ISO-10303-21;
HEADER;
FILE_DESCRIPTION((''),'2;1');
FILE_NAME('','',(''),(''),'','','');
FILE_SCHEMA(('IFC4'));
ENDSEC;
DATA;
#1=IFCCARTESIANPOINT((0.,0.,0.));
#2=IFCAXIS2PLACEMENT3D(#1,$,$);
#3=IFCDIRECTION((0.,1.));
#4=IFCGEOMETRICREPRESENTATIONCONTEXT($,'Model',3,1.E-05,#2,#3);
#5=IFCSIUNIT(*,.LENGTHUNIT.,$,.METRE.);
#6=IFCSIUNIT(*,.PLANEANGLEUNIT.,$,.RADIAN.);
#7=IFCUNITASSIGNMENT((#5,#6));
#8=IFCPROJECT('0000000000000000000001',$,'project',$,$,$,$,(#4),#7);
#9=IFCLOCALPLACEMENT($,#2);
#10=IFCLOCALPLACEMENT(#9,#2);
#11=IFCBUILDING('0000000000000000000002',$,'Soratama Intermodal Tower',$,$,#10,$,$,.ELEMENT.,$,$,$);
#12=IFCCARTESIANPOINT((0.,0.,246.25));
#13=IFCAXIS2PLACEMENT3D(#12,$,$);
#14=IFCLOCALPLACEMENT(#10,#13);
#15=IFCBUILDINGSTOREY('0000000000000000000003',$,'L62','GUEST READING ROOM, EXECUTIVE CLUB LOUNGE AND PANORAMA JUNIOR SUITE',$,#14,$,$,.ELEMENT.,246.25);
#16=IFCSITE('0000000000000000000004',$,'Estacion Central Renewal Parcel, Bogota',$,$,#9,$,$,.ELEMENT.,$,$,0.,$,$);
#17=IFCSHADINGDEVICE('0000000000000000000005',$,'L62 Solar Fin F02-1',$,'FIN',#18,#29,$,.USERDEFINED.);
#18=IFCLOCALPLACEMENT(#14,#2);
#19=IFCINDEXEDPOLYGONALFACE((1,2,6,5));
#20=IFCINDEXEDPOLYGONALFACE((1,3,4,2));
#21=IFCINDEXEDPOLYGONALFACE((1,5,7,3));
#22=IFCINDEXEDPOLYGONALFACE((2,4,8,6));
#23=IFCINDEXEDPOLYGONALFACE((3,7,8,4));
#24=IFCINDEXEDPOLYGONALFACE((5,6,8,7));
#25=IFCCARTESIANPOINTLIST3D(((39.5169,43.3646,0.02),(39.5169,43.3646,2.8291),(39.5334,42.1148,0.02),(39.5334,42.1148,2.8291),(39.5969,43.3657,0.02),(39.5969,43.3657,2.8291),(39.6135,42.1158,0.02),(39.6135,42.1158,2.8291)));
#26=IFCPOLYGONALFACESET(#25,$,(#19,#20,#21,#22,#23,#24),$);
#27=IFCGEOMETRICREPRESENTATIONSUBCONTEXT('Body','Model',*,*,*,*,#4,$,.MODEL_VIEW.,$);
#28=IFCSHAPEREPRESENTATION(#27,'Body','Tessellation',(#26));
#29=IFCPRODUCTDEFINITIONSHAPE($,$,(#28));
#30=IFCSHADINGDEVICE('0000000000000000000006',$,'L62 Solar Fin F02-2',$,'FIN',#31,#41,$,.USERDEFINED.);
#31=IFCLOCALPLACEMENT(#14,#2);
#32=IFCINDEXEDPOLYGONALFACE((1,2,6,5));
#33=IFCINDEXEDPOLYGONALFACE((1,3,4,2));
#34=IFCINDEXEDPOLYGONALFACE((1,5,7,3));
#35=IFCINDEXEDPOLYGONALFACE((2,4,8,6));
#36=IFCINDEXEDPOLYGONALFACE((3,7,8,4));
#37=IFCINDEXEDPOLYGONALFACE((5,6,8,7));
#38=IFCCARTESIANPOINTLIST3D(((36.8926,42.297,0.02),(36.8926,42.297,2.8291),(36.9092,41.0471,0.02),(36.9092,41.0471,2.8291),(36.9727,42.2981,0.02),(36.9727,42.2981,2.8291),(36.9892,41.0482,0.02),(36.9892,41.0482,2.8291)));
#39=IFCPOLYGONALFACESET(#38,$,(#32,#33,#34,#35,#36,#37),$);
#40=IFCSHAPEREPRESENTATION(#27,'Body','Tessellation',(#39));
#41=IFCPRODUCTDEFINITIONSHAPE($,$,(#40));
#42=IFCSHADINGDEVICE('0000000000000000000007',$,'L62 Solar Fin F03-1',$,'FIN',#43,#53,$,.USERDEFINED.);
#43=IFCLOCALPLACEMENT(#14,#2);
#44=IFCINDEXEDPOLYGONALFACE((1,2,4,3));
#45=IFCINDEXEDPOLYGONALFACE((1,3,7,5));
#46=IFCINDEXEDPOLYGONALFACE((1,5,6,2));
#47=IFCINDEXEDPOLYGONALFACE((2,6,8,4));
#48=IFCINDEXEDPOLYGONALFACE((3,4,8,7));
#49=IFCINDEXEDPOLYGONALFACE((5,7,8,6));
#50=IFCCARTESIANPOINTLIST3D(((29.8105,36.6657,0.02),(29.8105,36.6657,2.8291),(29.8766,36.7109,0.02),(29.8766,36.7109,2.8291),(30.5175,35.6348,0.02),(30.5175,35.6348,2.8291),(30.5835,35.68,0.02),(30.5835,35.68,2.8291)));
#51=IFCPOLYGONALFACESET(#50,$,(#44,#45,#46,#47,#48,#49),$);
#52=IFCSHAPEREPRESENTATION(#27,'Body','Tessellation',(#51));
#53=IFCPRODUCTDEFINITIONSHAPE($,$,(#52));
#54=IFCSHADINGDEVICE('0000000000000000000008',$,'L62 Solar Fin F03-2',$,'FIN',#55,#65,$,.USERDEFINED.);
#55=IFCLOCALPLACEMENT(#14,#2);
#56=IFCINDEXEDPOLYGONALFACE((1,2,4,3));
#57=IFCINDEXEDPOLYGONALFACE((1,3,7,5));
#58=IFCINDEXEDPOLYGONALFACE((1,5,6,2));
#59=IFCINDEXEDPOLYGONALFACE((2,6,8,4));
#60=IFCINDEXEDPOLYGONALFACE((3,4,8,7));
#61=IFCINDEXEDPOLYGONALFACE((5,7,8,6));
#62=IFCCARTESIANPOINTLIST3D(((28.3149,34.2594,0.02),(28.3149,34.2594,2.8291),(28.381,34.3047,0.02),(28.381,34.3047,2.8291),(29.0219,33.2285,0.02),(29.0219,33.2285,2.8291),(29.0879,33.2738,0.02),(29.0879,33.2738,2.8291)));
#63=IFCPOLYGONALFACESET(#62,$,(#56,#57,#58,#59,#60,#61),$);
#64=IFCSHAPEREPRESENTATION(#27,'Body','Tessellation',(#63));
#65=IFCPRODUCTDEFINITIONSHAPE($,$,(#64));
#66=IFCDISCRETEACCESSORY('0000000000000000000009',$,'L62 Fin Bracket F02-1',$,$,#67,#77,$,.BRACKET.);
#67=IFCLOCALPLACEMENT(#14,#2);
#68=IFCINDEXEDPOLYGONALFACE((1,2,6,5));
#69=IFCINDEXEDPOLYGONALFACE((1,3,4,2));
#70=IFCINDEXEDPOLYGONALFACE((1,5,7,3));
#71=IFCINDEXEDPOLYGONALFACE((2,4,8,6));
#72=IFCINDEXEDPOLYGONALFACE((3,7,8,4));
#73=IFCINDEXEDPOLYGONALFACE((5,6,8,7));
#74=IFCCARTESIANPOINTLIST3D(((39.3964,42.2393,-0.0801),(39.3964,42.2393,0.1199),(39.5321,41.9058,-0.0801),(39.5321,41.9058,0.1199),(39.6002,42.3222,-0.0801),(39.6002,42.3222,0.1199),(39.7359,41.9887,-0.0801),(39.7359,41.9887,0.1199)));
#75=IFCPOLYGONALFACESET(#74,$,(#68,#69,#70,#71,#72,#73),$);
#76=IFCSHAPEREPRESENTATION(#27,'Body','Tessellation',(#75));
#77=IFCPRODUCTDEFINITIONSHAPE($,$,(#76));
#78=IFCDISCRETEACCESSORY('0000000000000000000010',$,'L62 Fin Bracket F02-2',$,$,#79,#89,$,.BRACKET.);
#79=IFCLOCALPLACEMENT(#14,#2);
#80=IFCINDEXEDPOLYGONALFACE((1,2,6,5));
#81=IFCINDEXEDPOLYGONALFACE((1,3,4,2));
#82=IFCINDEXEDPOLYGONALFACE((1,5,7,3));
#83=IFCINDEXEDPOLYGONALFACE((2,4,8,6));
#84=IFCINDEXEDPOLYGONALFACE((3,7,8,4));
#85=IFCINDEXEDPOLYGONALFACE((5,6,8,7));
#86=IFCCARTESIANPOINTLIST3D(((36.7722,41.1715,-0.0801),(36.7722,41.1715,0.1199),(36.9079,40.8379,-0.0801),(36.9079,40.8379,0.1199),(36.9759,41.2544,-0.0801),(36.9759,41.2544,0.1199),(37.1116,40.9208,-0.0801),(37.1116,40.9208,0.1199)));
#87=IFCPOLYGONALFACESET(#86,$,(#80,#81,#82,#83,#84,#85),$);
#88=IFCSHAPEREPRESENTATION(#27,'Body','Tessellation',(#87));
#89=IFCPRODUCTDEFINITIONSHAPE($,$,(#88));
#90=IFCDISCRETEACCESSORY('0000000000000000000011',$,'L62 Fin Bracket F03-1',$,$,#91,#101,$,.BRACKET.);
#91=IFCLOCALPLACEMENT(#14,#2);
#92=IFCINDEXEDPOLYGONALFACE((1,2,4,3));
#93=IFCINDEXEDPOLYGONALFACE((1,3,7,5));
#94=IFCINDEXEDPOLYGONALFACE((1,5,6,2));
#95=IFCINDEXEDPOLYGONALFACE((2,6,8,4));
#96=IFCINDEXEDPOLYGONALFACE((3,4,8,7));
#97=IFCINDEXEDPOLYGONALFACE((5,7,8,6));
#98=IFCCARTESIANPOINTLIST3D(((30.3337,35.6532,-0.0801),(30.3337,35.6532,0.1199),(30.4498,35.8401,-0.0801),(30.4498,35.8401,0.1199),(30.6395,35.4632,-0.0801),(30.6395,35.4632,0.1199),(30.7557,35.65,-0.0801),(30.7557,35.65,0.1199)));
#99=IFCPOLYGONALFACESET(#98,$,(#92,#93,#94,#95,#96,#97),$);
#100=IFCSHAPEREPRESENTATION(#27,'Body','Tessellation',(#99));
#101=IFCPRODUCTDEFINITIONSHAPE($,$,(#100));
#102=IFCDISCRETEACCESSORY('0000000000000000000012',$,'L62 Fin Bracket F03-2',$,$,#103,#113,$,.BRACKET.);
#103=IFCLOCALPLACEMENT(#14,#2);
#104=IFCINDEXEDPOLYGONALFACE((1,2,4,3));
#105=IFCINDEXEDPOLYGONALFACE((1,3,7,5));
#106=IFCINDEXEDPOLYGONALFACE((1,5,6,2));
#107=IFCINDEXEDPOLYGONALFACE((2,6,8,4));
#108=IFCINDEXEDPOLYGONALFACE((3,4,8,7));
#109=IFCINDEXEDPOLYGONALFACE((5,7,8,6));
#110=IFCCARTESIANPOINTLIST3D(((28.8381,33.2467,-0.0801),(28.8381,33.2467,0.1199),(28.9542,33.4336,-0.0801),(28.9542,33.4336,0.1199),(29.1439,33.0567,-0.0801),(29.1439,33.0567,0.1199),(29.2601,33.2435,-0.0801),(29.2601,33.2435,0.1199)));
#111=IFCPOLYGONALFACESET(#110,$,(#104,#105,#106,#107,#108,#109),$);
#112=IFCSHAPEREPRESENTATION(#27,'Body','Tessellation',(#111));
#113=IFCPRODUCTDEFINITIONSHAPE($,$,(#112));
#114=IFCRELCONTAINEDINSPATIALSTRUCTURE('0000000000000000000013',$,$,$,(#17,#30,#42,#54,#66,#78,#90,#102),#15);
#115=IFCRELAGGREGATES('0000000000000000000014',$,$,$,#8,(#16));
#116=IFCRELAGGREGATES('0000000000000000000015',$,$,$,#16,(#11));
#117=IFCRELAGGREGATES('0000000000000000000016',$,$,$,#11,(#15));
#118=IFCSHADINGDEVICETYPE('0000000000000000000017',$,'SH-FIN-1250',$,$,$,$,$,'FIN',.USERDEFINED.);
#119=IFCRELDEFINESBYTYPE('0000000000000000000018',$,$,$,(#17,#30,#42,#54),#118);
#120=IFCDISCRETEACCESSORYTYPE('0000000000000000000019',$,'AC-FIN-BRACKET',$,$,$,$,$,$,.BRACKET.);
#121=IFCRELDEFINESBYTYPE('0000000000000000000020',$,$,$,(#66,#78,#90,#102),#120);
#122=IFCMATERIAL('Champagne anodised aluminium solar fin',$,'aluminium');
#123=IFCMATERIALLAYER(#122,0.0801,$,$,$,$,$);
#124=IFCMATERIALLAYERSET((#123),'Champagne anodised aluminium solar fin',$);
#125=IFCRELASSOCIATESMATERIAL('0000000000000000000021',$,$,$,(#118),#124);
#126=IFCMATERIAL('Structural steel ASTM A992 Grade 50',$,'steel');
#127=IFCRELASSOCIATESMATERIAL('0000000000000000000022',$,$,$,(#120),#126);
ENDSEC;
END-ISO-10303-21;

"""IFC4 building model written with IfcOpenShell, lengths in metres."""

from ifc_helpers import new_model, si_unit, direction, frame, origin, origin_2d, place, context, subcontext, project, spatial, rectangle, extrude, material, layer, layer_set, type_object, element, save


model = new_model("IFC4")

# Units and contexts
model_context = context("Model", 3, precision=1e-05, world=origin(), true_north=direction((0.0, 1.0)))
body_context = subcontext(model_context, "Body", "Model", "MODEL_VIEW")
ifc_project = project(units=[si_unit("LENGTHUNIT", "METRE"), si_unit("PLANEANGLEUNIT", "RADIAN")], contexts=[model_context])

# Site, building, storey
site_placement = place(None, origin())
site = spatial("IfcSite", under=ifc_project, at=site_placement, Name="Estacion Central Renewal Parcel, Bogota", CompositionType="ELEMENT", RefElevation=0.0)
building_placement = place(site_placement, origin())
building = spatial("IfcBuilding", under=site, at=building_placement, Name="Soratama Intermodal Tower", CompositionType="ELEMENT")
storey_placement = place(building_placement, frame((0.0, 0.0, 246.25)))
storey = spatial("IfcBuildingStorey", under=building, at=storey_placement, Name="L62", Description="GUEST READING ROOM, EXECUTIVE CLUB LOUNGE AND PANORAMA JUNIOR SUITE", CompositionType="ELEMENT", Elevation=246.25)

# Shading devices
ifc_material_1 = material(Name="Champagne anodised aluminium solar fin", Category="aluminium")
ifc_layer_1 = layer(ifc_material_1, 0.0801)
ifc_layer_set_1 = layer_set([ifc_layer_1], Name="Champagne anodised aluminium solar fin")
shading_device_type = type_object("IfcShadingDeviceType", Name="SH-FIN-1250", ElementType="FIN", PredefinedType="USERDEFINED", material=ifc_layer_set_1)
for number, where, z_axis, x_axis, name in (
    (1, (39.5652, 42.7402, 0.02), (0.0, 0.0, 1.0), (-0.013264, 0.999912, 0.0), "L62 Solar Fin F02-1"),
    (2, (36.9409, 41.6726, 0.02), (0.0, 0.0, 1.0), (-0.013264, 0.999912, 0.0), "L62 Solar Fin F02-2"),
    (3, (30.197, 36.1729, 0.02), (0.0, 0.0, 1.0), (-0.565543, 0.824719, 0.0), "L62 Solar Fin F03-1"),
    (4, (28.7014, 33.7666, 0.02), (0.0, 0.0, 1.0), (-0.565543, 0.824719, 0.0), "L62 Solar Fin F03-2"),
):
    element("IfcShadingDevice", number, at=place(storey_placement, frame(where, z_axis=z_axis, x_axis=x_axis)), inside=storey, type_object=shading_device_type, Name=name, ObjectType="FIN", PredefinedType="USERDEFINED", context=body_context, shape_type="SweptSolid", body=[
        extrude(rectangle(XDim=1.25, YDim=0.0801, at=origin_2d()), origin(), (0.0, 0.0, 1.0), 2.8091),
    ])

# Discrete accessories
ifc_material_2 = material(Name="Structural steel ASTM A992 Grade 50", Category="steel")
discrete_accessory_type = type_object("IfcDiscreteAccessoryType", Name="AC-FIN-BRACKET", PredefinedType="BRACKET", material=ifc_material_2)
for number, where, z_axis, x_axis, name in (
    (5, (39.5662, 42.114, -0.0801), (0.0, 0.0, 1.0), (-0.376871, 0.926266, 0.0), "L62 Fin Bracket F02-1"),
    (6, (36.9419, 41.0461, -0.0801), (0.0, 0.0, 1.0), (-0.376871, 0.926266, 0.0), "L62 Fin Bracket F02-2"),
    (7, (30.5447, 35.6516, -0.0801), (0.0, 0.0, 1.0), (-0.84934, 0.527846, 0.0), "L62 Fin Bracket F03-1"),
    (8, (29.0491, 33.2451, -0.0801), (0.0, 0.0, 1.0), (-0.84934, 0.527846, 0.0), "L62 Fin Bracket F03-2"),
):
    element("IfcDiscreteAccessory", number, at=place(storey_placement, frame(where, z_axis=z_axis, x_axis=x_axis)), inside=storey, type_object=discrete_accessory_type, Name=name, PredefinedType="BRACKET", context=body_context, shape_type="SweptSolid", body=[
        extrude(rectangle(XDim=0.3601, YDim=0.22, at=origin_2d()), origin(), (0.0, 0.0, 1.0), 0.2),
    ])

save(model, "model.ifc")
